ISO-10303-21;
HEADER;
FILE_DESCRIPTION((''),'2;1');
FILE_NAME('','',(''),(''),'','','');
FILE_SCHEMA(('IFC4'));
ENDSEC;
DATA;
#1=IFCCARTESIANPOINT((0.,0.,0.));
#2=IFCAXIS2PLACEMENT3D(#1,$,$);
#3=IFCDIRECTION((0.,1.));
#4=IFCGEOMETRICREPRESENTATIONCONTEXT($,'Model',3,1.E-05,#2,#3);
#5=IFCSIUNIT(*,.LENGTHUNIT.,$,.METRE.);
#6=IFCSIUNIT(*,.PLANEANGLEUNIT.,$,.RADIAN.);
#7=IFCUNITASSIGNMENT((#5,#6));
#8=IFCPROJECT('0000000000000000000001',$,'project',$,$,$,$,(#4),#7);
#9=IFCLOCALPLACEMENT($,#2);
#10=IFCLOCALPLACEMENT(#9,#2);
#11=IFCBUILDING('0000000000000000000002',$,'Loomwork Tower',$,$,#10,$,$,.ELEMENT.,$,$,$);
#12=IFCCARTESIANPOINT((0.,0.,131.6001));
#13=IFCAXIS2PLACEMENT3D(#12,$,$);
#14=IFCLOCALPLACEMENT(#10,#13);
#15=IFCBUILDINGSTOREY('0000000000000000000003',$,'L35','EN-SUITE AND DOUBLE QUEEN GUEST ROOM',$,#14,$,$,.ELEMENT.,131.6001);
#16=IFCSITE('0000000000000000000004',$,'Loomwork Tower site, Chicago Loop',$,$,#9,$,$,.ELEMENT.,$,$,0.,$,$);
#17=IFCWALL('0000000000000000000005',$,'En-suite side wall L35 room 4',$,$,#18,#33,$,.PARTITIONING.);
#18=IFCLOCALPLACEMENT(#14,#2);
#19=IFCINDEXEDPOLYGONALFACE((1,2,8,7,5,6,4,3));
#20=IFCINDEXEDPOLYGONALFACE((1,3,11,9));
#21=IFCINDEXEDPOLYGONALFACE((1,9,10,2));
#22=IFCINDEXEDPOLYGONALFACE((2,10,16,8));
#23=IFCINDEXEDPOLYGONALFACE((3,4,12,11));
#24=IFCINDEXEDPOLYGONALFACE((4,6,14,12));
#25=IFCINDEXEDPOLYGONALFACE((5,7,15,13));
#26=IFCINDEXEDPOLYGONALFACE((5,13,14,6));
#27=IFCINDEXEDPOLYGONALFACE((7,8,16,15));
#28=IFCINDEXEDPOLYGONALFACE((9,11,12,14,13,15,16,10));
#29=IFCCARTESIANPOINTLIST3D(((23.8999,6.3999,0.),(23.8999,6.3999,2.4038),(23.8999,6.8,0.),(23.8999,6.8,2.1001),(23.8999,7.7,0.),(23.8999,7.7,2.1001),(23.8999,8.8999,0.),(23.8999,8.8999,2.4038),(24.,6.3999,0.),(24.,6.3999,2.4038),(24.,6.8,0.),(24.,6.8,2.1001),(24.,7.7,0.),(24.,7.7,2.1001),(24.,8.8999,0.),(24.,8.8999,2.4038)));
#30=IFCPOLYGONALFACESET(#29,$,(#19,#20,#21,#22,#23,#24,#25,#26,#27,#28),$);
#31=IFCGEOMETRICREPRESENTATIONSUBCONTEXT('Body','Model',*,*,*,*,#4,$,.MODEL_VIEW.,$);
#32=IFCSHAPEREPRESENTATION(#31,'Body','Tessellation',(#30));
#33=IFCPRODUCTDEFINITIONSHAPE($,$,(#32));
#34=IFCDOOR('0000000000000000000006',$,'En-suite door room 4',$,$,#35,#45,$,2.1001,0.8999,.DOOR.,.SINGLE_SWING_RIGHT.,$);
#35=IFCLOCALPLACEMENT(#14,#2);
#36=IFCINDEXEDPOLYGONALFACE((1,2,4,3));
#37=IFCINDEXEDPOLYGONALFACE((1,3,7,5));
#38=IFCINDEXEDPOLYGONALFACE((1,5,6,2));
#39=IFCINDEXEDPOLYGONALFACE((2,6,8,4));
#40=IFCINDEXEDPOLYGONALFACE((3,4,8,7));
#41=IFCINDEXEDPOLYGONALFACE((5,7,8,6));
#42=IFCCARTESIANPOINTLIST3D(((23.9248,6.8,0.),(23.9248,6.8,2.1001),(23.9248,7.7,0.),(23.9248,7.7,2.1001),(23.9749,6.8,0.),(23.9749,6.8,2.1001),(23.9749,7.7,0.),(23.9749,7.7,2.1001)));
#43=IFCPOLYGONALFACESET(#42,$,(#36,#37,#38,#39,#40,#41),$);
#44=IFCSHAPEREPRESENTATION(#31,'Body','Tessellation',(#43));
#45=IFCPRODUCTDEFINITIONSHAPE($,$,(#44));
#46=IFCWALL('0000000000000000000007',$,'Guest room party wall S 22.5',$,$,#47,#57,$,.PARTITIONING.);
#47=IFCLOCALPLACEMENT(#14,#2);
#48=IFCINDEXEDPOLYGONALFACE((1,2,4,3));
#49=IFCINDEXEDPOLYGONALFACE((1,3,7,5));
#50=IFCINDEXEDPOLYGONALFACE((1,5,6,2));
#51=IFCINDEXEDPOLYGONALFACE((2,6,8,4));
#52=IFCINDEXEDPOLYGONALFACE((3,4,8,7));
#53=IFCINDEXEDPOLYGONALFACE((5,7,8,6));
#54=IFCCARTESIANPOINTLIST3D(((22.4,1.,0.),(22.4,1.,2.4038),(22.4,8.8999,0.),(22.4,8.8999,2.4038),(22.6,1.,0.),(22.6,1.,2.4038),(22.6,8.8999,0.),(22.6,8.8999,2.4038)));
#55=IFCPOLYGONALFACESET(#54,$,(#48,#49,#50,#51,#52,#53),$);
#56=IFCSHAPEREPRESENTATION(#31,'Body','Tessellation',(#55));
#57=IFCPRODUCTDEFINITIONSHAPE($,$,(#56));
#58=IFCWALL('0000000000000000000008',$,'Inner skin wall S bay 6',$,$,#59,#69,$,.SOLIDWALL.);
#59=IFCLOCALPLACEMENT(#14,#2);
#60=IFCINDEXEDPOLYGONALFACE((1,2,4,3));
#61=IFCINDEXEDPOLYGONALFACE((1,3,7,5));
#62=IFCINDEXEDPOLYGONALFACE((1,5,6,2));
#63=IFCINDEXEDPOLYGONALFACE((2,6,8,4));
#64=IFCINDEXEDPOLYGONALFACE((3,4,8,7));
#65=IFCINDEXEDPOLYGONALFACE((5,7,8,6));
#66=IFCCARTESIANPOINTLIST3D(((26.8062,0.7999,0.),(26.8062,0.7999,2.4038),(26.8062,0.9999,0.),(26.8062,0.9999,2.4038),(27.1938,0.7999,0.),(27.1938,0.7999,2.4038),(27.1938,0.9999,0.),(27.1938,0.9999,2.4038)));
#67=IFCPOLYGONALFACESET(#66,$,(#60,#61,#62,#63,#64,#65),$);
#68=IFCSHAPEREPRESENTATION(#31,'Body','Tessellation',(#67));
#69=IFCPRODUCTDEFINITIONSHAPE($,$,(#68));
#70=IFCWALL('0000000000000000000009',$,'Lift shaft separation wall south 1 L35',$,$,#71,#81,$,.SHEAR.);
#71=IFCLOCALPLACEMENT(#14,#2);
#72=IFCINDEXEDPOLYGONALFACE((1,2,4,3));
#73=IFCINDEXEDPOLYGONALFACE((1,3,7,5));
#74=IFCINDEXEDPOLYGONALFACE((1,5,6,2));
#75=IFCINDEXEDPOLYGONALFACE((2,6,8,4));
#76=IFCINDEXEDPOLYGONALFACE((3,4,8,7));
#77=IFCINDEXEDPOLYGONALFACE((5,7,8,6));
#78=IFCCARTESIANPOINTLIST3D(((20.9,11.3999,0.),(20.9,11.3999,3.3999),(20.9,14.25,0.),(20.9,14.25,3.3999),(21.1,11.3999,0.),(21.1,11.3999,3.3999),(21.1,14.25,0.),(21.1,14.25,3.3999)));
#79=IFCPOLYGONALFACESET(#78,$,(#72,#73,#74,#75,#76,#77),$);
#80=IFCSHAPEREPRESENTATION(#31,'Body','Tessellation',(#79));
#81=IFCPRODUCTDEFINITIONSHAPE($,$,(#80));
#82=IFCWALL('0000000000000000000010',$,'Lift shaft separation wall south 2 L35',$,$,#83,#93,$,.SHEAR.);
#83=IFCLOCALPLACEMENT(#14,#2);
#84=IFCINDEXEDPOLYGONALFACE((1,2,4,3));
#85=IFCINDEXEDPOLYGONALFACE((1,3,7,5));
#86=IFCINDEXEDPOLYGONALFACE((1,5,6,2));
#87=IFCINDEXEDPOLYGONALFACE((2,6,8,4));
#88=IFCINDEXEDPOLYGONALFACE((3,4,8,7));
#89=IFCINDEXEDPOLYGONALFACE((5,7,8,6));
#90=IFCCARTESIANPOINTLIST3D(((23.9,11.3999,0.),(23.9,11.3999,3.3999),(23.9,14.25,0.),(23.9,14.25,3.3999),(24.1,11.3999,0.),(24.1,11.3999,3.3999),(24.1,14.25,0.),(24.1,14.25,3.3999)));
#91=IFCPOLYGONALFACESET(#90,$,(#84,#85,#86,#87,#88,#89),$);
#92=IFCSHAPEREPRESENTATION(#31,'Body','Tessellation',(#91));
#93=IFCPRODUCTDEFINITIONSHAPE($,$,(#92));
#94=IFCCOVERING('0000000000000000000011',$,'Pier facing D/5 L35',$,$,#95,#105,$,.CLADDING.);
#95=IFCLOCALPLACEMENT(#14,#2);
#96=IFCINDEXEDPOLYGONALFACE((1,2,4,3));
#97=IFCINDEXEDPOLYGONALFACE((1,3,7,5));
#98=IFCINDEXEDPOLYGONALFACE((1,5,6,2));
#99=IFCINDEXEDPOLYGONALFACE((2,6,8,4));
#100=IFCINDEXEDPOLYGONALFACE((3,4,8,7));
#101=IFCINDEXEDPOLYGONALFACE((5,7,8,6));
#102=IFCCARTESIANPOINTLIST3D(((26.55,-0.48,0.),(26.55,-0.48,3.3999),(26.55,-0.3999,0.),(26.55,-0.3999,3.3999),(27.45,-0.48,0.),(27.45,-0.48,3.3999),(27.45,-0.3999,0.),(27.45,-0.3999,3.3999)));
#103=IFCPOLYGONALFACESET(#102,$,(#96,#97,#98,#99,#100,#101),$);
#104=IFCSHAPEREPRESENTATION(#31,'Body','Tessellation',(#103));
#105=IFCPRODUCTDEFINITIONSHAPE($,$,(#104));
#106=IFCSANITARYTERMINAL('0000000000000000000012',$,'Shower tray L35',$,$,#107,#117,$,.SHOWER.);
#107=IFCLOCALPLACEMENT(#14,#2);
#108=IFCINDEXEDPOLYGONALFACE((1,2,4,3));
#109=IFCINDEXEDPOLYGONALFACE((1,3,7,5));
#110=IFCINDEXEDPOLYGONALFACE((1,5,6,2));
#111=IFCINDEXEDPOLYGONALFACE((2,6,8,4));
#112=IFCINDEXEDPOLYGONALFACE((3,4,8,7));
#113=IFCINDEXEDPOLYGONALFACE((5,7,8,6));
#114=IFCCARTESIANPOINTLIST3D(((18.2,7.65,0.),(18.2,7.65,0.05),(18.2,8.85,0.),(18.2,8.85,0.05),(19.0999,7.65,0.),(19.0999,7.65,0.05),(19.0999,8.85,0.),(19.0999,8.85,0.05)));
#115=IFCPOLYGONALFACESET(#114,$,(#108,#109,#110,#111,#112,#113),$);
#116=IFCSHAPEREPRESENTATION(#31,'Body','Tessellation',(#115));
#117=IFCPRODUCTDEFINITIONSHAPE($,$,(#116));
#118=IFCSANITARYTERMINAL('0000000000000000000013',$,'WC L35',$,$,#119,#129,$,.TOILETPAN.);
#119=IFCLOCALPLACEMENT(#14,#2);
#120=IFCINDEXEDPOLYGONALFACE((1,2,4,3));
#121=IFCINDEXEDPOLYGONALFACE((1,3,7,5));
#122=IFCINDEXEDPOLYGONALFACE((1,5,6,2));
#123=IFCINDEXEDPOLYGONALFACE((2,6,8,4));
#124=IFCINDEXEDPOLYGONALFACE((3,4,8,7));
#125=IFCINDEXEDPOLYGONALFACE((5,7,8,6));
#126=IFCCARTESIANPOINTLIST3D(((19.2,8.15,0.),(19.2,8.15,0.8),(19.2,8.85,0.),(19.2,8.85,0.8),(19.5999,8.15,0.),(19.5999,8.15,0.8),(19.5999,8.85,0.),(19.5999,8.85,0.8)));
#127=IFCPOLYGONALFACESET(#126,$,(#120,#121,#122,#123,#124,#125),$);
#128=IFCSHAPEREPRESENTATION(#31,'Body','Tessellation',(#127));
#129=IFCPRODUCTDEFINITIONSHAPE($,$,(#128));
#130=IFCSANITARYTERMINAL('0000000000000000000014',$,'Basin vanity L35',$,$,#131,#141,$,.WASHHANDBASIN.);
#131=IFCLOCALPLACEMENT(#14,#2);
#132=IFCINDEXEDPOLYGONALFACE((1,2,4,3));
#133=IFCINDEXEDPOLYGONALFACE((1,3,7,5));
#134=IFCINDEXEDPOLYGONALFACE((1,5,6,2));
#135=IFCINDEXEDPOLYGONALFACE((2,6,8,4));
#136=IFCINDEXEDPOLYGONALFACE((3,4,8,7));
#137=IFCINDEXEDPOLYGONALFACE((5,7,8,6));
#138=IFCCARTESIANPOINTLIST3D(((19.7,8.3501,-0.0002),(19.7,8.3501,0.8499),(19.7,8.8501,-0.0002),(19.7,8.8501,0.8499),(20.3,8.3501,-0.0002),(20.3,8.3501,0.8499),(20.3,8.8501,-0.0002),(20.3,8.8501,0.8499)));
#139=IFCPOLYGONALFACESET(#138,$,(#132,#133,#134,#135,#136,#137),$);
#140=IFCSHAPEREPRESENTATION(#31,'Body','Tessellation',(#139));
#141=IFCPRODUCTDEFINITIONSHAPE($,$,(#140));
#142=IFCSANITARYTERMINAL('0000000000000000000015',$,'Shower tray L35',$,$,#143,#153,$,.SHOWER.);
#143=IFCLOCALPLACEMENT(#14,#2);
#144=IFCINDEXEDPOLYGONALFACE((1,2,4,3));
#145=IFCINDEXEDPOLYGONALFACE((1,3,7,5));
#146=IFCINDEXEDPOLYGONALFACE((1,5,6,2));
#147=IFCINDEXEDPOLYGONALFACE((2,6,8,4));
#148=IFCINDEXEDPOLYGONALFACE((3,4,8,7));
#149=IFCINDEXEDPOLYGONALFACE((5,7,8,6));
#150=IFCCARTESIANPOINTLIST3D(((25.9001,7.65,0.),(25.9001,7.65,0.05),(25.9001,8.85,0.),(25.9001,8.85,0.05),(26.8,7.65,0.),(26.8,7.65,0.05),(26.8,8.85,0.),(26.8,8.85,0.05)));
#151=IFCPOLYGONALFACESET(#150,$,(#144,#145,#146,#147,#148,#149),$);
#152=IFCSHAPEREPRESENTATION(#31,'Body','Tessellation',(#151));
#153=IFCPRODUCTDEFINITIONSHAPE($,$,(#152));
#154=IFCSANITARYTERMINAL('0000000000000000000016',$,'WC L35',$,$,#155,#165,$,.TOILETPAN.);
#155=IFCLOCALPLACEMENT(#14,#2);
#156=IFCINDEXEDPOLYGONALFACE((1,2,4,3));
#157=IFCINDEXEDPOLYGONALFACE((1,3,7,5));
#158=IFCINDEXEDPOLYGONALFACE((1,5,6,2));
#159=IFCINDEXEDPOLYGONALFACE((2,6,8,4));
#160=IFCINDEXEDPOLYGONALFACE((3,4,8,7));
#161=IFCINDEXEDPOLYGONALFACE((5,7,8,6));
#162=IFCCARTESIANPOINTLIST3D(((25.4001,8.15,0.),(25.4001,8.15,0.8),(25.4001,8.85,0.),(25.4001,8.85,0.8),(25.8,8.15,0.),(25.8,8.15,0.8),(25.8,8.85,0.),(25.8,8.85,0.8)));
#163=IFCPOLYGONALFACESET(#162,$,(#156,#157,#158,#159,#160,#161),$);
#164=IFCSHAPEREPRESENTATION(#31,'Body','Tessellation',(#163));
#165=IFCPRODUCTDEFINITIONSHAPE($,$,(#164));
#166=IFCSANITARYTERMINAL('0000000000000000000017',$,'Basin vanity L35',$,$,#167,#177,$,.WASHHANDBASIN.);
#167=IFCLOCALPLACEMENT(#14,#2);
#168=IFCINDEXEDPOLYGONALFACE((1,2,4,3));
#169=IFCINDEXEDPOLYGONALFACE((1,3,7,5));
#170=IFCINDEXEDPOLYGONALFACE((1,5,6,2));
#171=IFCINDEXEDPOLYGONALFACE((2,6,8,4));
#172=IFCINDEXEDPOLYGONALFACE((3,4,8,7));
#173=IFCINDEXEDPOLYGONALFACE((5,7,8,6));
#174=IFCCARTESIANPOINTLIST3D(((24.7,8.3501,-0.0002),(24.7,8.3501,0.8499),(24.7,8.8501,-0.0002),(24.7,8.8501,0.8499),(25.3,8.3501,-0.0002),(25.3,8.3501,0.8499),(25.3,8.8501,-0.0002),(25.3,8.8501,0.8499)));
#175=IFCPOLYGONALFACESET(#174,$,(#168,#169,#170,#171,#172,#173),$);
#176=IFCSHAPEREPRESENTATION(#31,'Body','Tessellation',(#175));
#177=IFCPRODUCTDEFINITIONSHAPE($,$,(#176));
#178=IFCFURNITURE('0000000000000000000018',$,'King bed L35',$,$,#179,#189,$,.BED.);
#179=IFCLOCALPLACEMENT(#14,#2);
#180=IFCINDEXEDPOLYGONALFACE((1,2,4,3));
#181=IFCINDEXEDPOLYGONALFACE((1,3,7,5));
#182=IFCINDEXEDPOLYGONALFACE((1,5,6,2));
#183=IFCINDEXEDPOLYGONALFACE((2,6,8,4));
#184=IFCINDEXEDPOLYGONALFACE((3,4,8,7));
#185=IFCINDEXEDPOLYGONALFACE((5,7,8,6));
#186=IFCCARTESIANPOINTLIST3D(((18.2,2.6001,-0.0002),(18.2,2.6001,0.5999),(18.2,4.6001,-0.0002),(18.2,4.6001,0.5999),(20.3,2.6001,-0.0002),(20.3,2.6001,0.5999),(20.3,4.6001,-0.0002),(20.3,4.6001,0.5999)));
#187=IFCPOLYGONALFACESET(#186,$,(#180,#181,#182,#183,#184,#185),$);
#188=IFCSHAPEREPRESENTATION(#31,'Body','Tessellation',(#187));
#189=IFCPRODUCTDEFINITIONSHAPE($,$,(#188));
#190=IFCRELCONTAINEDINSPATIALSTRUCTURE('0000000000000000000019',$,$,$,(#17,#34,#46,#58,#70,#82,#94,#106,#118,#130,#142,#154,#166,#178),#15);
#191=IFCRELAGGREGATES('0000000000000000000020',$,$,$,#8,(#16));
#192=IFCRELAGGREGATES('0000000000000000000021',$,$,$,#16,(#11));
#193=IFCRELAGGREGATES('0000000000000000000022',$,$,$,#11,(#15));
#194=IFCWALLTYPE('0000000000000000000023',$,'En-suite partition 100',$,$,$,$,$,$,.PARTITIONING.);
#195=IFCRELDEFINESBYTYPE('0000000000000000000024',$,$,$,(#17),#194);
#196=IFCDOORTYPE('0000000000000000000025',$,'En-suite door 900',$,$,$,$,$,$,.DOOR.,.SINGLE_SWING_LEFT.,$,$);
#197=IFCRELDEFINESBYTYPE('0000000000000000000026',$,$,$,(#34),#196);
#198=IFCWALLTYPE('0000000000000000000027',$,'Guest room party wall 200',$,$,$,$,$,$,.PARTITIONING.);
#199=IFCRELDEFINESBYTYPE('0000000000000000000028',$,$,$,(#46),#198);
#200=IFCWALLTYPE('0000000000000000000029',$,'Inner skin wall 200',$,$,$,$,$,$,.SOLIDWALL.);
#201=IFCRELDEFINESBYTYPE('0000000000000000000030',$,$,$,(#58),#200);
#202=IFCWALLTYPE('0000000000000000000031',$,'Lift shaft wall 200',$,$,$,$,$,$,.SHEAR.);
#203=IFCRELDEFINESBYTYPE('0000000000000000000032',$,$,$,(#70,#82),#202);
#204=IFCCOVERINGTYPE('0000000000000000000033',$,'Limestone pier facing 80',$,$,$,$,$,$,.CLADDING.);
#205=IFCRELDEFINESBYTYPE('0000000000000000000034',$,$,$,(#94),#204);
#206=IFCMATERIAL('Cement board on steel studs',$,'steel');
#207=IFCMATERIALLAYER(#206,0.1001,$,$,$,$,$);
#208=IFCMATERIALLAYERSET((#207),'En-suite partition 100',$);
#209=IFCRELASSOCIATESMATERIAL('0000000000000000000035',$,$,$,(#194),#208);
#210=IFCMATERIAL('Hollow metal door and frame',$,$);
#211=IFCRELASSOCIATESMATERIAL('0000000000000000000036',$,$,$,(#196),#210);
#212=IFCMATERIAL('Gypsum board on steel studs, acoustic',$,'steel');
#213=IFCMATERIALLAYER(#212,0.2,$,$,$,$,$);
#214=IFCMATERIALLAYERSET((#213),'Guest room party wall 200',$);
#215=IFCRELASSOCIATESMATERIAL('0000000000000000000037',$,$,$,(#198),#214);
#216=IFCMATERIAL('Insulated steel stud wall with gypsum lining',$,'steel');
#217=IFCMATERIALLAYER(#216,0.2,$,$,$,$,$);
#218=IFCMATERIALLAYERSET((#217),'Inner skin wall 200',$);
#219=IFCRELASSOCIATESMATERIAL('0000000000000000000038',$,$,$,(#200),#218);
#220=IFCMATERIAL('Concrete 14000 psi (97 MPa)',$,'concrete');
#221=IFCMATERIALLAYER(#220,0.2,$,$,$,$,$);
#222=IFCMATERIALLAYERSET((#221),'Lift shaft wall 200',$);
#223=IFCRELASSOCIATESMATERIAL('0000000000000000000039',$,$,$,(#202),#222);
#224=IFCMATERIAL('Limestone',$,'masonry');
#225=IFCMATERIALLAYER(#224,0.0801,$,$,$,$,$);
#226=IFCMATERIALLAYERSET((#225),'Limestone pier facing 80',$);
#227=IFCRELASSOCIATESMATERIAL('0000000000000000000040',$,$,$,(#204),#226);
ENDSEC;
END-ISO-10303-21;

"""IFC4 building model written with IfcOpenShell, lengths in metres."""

from ifc_helpers import new_model, si_unit, direction, frame, frame_2d, origin, origin_2d, place, context, subcontext, project, spatial, rectangle, extrude, material, layer, layer_set, type_object, element, fill, save


model = new_model("IFC4")

# Units and contexts
model_context = context("Model", 3, precision=1e-05, world=origin(), true_north=direction((0.0, 1.0)))
body_context = subcontext(model_context, "Body", "Model", "MODEL_VIEW")
ifc_project = project(units=[si_unit("LENGTHUNIT", "METRE"), si_unit("PLANEANGLEUNIT", "RADIAN")], contexts=[model_context])

# Site, building, storey
site_placement = place(None, origin())
site = spatial("IfcSite", under=ifc_project, at=site_placement, Name="Loomwork Tower site, Chicago Loop", CompositionType="ELEMENT", RefElevation=0.0)
building_placement = place(site_placement, origin())
building = spatial("IfcBuilding", under=site, at=building_placement, Name="Loomwork Tower", CompositionType="ELEMENT")
storey_placement = place(building_placement, frame((0.0, 0.0, 131.6001)))
storey = spatial("IfcBuildingStorey", under=building, at=storey_placement, Name="L35", Description="EN-SUITE AND DOUBLE QUEEN GUEST ROOM", CompositionType="ELEMENT", Elevation=131.6001)

# Shared definitions
ifc_material_1 = material(Name="Cement board on steel studs", Category="steel")
ifc_layer_1 = layer(ifc_material_1, 0.1001)
ifc_layer_set_1 = layer_set([ifc_layer_1], Name="En-suite partition 100")
wall_type_1 = type_object("IfcWallType", Name="En-suite partition 100", PredefinedType="PARTITIONING", material=ifc_layer_set_1)
ifc_material_2 = material(Name="Hollow metal door and frame")
door_type = type_object("IfcDoorType", Name="En-suite door 900", OperationType="SINGLE_SWING_LEFT", PredefinedType="DOOR", material=ifc_material_2)

# Wall, opening, door
wall_1_placement = place(storey_placement, frame((23.95, 8.8999, 0.0), z_axis=(0.0, 0.0, 1.0), x_axis=(0.0, -1.0, 0.0)))
wall_1 = element("IfcWall", 1, at=wall_1_placement, inside=storey, type_object=wall_type_1, Name="En-suite side wall L35 room 4", PredefinedType="PARTITIONING", context=body_context, shape_type="SweptSolid", body=[
    extrude(rectangle(XDim=2.5, YDim=0.1001, at=frame_2d((1.25, 0.0))), origin(), (0.0, 0.0, 1.0), 2.4038),
])
opening_1_placement = place(wall_1_placement, frame((1.2, 0.0, 0.0)))
opening_1 = element("IfcOpeningElement", 2, at=opening_1_placement, cuts=wall_1, PredefinedType="OPENING", context=body_context, shape_type="SweptSolid", body=[
    extrude(rectangle(XDim=0.8999, YDim=2.1001, at=frame_2d((0.45, 1.05))), frame((0.0, 0.0601, 0.0), z_axis=(0.0, -1.0, 0.0), x_axis=(1.0, 0.0, 0.0)), (0.0, 0.0, 1.0), 0.1201),
])
door_1_placement = place(opening_1_placement, origin())
door_1 = element("IfcDoor", 3, at=door_1_placement, inside=storey, type_object=door_type, Name="En-suite door room 4", OperationType="SINGLE_SWING_RIGHT", OverallHeight=2.1001, OverallWidth=0.8999, PredefinedType="DOOR", context=body_context, shape_type="SweptSolid", body=[
    extrude(rectangle(XDim=0.8999, YDim=2.1001, at=frame_2d((0.45, 1.05))), frame((0.0, 0.0249, 0.0), z_axis=(0.0, -1.0, 0.0), x_axis=(1.0, 0.0, 0.0)), (0.0, 0.0, 1.0), 0.05),
])
fill(opening_1, door_1)

# Walls
ifc_material_3 = material(Name="Gypsum board on steel studs, acoustic", Category="steel")
ifc_layer_2 = layer(ifc_material_3, 0.2)
ifc_layer_set_2 = layer_set([ifc_layer_2], Name="Guest room party wall 200")
wall_type_2 = type_object("IfcWallType", Name="Guest room party wall 200", PredefinedType="PARTITIONING", material=ifc_layer_set_2)
wall_2_placement = place(storey_placement, frame((22.5, 8.8999, 0.0), z_axis=(0.0, 0.0, 1.0), x_axis=(0.0, -1.0, 0.0)))
element("IfcWall", 4, at=wall_2_placement, inside=storey, type_object=wall_type_2, Name="Guest room party wall S 22.5", PredefinedType="PARTITIONING", context=body_context, shape_type="SweptSolid", body=[
    extrude(rectangle(XDim=7.8999, YDim=0.2, at=frame_2d((3.95, 0.0))), origin(), (0.0, 0.0, 1.0), 2.4038),
])
ifc_material_4 = material(Name="Insulated steel stud wall with gypsum lining", Category="steel")
ifc_layer_3 = layer(ifc_material_4, 0.2)
ifc_layer_set_3 = layer_set([ifc_layer_3], Name="Inner skin wall 200")
wall_type_3 = type_object("IfcWallType", Name="Inner skin wall 200", PredefinedType="SOLIDWALL", material=ifc_layer_set_3)
wall_3_placement = place(storey_placement, frame((26.8062, 0.8999, 0.0), z_axis=(0.0, 0.0, 1.0), x_axis=(1.0, 0.0, 0.0)))
element("IfcWall", 5, at=wall_3_placement, inside=storey, type_object=wall_type_3, Name="Inner skin wall S bay 6", PredefinedType="SOLIDWALL", context=body_context, shape_type="SweptSolid", body=[
    extrude(rectangle(XDim=0.3877, YDim=0.2, at=frame_2d((0.1938, 0.0))), origin(), (0.0, 0.0, 1.0), 2.4038),
])
ifc_material_5 = material(Name="Concrete 14000 psi (97 MPa)", Category="concrete")
ifc_layer_4 = layer(ifc_material_5, 0.2)
ifc_layer_set_4 = layer_set([ifc_layer_4], Name="Lift shaft wall 200")
wall_type_4 = type_object("IfcWallType", Name="Lift shaft wall 200", PredefinedType="SHEAR", material=ifc_layer_set_4)
for number, where, z_axis, x_axis, name in (
    (6, (21.0, 11.3999, 0.0), (0.0, 0.0, 1.0), (0.0, 1.0, 0.0), "Lift shaft separation wall south 1 L35"),
    (7, (24.0, 11.3999, 0.0), (0.0, 0.0, 1.0), (0.0, 1.0, 0.0), "Lift shaft separation wall south 2 L35"),
):
    element("IfcWall", number, at=place(storey_placement, frame(where, z_axis=z_axis, x_axis=x_axis)), inside=storey, type_object=wall_type_4, Name=name, PredefinedType="SHEAR", context=body_context, shape_type="SweptSolid", body=[
        extrude(rectangle(XDim=2.8501, YDim=0.2, at=frame_2d((1.425, 0.0))), origin(), (0.0, 0.0, 1.0), 3.3999),
    ])

# Covering
ifc_material_6 = material(Name="Limestone", Category="masonry")
ifc_layer_5 = layer(ifc_material_6, 0.0801)
ifc_layer_set_5 = layer_set([ifc_layer_5], Name="Limestone pier facing 80")
covering_type = type_object("IfcCoveringType", Name="Limestone pier facing 80", PredefinedType="CLADDING", material=ifc_layer_set_5)
covering_placement = place(storey_placement, frame((27.0, -0.4399, 0.0), z_axis=(0.0, 0.0, 1.0), x_axis=(1.0, 0.0, 0.0)))
element("IfcCovering", 8, at=covering_placement, inside=storey, type_object=covering_type, Name="Pier facing D/5 L35", PredefinedType="CLADDING", context=body_context, shape_type="SweptSolid", body=[
    extrude(rectangle(XDim=0.8999, YDim=0.0801, at=origin_2d()), origin(), (0.0, 0.0, 1.0), 3.3999),
])

# Sanitary terminals
sanitary_terminal_1_placement = place(storey_placement, frame((18.6499, 8.25, 0.0), z_axis=(0.0, 0.0, 1.0), x_axis=(1.0, 0.0, 0.0)))
element("IfcSanitaryTerminal", 9, at=sanitary_terminal_1_placement, inside=storey, Name="Shower tray L35", PredefinedType="SHOWER", context=body_context, shape_type="SweptSolid", body=[
    extrude(rectangle(XDim=0.8999, YDim=1.2, at=origin_2d()), origin(), (0.0, 0.0, 1.0), 0.05),
])
sanitary_terminal_2_placement = place(storey_placement, frame((19.3999, 8.5, 0.0), z_axis=(0.0, 0.0, 1.0), x_axis=(1.0, 0.0, 0.0)))
element("IfcSanitaryTerminal", 10, at=sanitary_terminal_2_placement, inside=storey, Name="WC L35", PredefinedType="TOILETPAN", context=body_context, shape_type="SweptSolid", body=[
    extrude(rectangle(XDim=0.3999, YDim=0.7, at=origin_2d()), origin(), (0.0, 0.0, 1.0), 0.8),
])
sanitary_terminal_3_placement = place(storey_placement, frame((20.0, 8.6001, -0.0002), z_axis=(0.0, 0.0, 1.0), x_axis=(1.0, 0.0, 0.0)))
element("IfcSanitaryTerminal", 11, at=sanitary_terminal_3_placement, inside=storey, Name="Basin vanity L35", PredefinedType="WASHHANDBASIN", context=body_context, shape_type="SweptSolid", body=[
    extrude(rectangle(XDim=0.6001, YDim=0.5, at=origin_2d()), origin(), (0.0, 0.0, 1.0), 0.8501),
])
sanitary_terminal_4_placement = place(storey_placement, frame((26.3501, 8.25, 0.0), z_axis=(0.0, 0.0, 1.0), x_axis=(1.0, 0.0, 0.0)))
element("IfcSanitaryTerminal", 12, at=sanitary_terminal_4_placement, inside=storey, Name="Shower tray L35", PredefinedType="SHOWER", context=body_context, shape_type="SweptSolid", body=[
    extrude(rectangle(XDim=0.8999, YDim=1.2, at=origin_2d()), origin(), (0.0, 0.0, 1.0), 0.05),
])
sanitary_terminal_5_placement = place(storey_placement, frame((25.6001, 8.5, 0.0), z_axis=(0.0, 0.0, 1.0), x_axis=(1.0, 0.0, 0.0)))
element("IfcSanitaryTerminal", 13, at=sanitary_terminal_5_placement, inside=storey, Name="WC L35", PredefinedType="TOILETPAN", context=body_context, shape_type="SweptSolid", body=[
    extrude(rectangle(XDim=0.3999, YDim=0.7, at=origin_2d()), origin(), (0.0, 0.0, 1.0), 0.8),
])
sanitary_terminal_6_placement = place(storey_placement, frame((25.0, 8.6001, -0.0002), z_axis=(0.0, 0.0, 1.0), x_axis=(1.0, 0.0, 0.0)))
element("IfcSanitaryTerminal", 14, at=sanitary_terminal_6_placement, inside=storey, Name="Basin vanity L35", PredefinedType="WASHHANDBASIN", context=body_context, shape_type="SweptSolid", body=[
    extrude(rectangle(XDim=0.6001, YDim=0.5, at=origin_2d()), origin(), (0.0, 0.0, 1.0), 0.8501),
])

# Furniture
furniture_1_placement = place(storey_placement, frame((19.25, 3.6001, -0.0002), z_axis=(0.0, 0.0, 1.0), x_axis=(1.0, 0.0, 0.0)))
element("IfcFurniture", 15, at=furniture_1_placement, inside=storey, Name="King bed L35", PredefinedType="BED", context=body_context, shape_type="SweptSolid", body=[
    extrude(rectangle(XDim=2.1001, YDim=2.0, at=origin_2d()), origin(), (0.0, 0.0, 1.0), 0.6001),
])

save(model, "model.ifc")
